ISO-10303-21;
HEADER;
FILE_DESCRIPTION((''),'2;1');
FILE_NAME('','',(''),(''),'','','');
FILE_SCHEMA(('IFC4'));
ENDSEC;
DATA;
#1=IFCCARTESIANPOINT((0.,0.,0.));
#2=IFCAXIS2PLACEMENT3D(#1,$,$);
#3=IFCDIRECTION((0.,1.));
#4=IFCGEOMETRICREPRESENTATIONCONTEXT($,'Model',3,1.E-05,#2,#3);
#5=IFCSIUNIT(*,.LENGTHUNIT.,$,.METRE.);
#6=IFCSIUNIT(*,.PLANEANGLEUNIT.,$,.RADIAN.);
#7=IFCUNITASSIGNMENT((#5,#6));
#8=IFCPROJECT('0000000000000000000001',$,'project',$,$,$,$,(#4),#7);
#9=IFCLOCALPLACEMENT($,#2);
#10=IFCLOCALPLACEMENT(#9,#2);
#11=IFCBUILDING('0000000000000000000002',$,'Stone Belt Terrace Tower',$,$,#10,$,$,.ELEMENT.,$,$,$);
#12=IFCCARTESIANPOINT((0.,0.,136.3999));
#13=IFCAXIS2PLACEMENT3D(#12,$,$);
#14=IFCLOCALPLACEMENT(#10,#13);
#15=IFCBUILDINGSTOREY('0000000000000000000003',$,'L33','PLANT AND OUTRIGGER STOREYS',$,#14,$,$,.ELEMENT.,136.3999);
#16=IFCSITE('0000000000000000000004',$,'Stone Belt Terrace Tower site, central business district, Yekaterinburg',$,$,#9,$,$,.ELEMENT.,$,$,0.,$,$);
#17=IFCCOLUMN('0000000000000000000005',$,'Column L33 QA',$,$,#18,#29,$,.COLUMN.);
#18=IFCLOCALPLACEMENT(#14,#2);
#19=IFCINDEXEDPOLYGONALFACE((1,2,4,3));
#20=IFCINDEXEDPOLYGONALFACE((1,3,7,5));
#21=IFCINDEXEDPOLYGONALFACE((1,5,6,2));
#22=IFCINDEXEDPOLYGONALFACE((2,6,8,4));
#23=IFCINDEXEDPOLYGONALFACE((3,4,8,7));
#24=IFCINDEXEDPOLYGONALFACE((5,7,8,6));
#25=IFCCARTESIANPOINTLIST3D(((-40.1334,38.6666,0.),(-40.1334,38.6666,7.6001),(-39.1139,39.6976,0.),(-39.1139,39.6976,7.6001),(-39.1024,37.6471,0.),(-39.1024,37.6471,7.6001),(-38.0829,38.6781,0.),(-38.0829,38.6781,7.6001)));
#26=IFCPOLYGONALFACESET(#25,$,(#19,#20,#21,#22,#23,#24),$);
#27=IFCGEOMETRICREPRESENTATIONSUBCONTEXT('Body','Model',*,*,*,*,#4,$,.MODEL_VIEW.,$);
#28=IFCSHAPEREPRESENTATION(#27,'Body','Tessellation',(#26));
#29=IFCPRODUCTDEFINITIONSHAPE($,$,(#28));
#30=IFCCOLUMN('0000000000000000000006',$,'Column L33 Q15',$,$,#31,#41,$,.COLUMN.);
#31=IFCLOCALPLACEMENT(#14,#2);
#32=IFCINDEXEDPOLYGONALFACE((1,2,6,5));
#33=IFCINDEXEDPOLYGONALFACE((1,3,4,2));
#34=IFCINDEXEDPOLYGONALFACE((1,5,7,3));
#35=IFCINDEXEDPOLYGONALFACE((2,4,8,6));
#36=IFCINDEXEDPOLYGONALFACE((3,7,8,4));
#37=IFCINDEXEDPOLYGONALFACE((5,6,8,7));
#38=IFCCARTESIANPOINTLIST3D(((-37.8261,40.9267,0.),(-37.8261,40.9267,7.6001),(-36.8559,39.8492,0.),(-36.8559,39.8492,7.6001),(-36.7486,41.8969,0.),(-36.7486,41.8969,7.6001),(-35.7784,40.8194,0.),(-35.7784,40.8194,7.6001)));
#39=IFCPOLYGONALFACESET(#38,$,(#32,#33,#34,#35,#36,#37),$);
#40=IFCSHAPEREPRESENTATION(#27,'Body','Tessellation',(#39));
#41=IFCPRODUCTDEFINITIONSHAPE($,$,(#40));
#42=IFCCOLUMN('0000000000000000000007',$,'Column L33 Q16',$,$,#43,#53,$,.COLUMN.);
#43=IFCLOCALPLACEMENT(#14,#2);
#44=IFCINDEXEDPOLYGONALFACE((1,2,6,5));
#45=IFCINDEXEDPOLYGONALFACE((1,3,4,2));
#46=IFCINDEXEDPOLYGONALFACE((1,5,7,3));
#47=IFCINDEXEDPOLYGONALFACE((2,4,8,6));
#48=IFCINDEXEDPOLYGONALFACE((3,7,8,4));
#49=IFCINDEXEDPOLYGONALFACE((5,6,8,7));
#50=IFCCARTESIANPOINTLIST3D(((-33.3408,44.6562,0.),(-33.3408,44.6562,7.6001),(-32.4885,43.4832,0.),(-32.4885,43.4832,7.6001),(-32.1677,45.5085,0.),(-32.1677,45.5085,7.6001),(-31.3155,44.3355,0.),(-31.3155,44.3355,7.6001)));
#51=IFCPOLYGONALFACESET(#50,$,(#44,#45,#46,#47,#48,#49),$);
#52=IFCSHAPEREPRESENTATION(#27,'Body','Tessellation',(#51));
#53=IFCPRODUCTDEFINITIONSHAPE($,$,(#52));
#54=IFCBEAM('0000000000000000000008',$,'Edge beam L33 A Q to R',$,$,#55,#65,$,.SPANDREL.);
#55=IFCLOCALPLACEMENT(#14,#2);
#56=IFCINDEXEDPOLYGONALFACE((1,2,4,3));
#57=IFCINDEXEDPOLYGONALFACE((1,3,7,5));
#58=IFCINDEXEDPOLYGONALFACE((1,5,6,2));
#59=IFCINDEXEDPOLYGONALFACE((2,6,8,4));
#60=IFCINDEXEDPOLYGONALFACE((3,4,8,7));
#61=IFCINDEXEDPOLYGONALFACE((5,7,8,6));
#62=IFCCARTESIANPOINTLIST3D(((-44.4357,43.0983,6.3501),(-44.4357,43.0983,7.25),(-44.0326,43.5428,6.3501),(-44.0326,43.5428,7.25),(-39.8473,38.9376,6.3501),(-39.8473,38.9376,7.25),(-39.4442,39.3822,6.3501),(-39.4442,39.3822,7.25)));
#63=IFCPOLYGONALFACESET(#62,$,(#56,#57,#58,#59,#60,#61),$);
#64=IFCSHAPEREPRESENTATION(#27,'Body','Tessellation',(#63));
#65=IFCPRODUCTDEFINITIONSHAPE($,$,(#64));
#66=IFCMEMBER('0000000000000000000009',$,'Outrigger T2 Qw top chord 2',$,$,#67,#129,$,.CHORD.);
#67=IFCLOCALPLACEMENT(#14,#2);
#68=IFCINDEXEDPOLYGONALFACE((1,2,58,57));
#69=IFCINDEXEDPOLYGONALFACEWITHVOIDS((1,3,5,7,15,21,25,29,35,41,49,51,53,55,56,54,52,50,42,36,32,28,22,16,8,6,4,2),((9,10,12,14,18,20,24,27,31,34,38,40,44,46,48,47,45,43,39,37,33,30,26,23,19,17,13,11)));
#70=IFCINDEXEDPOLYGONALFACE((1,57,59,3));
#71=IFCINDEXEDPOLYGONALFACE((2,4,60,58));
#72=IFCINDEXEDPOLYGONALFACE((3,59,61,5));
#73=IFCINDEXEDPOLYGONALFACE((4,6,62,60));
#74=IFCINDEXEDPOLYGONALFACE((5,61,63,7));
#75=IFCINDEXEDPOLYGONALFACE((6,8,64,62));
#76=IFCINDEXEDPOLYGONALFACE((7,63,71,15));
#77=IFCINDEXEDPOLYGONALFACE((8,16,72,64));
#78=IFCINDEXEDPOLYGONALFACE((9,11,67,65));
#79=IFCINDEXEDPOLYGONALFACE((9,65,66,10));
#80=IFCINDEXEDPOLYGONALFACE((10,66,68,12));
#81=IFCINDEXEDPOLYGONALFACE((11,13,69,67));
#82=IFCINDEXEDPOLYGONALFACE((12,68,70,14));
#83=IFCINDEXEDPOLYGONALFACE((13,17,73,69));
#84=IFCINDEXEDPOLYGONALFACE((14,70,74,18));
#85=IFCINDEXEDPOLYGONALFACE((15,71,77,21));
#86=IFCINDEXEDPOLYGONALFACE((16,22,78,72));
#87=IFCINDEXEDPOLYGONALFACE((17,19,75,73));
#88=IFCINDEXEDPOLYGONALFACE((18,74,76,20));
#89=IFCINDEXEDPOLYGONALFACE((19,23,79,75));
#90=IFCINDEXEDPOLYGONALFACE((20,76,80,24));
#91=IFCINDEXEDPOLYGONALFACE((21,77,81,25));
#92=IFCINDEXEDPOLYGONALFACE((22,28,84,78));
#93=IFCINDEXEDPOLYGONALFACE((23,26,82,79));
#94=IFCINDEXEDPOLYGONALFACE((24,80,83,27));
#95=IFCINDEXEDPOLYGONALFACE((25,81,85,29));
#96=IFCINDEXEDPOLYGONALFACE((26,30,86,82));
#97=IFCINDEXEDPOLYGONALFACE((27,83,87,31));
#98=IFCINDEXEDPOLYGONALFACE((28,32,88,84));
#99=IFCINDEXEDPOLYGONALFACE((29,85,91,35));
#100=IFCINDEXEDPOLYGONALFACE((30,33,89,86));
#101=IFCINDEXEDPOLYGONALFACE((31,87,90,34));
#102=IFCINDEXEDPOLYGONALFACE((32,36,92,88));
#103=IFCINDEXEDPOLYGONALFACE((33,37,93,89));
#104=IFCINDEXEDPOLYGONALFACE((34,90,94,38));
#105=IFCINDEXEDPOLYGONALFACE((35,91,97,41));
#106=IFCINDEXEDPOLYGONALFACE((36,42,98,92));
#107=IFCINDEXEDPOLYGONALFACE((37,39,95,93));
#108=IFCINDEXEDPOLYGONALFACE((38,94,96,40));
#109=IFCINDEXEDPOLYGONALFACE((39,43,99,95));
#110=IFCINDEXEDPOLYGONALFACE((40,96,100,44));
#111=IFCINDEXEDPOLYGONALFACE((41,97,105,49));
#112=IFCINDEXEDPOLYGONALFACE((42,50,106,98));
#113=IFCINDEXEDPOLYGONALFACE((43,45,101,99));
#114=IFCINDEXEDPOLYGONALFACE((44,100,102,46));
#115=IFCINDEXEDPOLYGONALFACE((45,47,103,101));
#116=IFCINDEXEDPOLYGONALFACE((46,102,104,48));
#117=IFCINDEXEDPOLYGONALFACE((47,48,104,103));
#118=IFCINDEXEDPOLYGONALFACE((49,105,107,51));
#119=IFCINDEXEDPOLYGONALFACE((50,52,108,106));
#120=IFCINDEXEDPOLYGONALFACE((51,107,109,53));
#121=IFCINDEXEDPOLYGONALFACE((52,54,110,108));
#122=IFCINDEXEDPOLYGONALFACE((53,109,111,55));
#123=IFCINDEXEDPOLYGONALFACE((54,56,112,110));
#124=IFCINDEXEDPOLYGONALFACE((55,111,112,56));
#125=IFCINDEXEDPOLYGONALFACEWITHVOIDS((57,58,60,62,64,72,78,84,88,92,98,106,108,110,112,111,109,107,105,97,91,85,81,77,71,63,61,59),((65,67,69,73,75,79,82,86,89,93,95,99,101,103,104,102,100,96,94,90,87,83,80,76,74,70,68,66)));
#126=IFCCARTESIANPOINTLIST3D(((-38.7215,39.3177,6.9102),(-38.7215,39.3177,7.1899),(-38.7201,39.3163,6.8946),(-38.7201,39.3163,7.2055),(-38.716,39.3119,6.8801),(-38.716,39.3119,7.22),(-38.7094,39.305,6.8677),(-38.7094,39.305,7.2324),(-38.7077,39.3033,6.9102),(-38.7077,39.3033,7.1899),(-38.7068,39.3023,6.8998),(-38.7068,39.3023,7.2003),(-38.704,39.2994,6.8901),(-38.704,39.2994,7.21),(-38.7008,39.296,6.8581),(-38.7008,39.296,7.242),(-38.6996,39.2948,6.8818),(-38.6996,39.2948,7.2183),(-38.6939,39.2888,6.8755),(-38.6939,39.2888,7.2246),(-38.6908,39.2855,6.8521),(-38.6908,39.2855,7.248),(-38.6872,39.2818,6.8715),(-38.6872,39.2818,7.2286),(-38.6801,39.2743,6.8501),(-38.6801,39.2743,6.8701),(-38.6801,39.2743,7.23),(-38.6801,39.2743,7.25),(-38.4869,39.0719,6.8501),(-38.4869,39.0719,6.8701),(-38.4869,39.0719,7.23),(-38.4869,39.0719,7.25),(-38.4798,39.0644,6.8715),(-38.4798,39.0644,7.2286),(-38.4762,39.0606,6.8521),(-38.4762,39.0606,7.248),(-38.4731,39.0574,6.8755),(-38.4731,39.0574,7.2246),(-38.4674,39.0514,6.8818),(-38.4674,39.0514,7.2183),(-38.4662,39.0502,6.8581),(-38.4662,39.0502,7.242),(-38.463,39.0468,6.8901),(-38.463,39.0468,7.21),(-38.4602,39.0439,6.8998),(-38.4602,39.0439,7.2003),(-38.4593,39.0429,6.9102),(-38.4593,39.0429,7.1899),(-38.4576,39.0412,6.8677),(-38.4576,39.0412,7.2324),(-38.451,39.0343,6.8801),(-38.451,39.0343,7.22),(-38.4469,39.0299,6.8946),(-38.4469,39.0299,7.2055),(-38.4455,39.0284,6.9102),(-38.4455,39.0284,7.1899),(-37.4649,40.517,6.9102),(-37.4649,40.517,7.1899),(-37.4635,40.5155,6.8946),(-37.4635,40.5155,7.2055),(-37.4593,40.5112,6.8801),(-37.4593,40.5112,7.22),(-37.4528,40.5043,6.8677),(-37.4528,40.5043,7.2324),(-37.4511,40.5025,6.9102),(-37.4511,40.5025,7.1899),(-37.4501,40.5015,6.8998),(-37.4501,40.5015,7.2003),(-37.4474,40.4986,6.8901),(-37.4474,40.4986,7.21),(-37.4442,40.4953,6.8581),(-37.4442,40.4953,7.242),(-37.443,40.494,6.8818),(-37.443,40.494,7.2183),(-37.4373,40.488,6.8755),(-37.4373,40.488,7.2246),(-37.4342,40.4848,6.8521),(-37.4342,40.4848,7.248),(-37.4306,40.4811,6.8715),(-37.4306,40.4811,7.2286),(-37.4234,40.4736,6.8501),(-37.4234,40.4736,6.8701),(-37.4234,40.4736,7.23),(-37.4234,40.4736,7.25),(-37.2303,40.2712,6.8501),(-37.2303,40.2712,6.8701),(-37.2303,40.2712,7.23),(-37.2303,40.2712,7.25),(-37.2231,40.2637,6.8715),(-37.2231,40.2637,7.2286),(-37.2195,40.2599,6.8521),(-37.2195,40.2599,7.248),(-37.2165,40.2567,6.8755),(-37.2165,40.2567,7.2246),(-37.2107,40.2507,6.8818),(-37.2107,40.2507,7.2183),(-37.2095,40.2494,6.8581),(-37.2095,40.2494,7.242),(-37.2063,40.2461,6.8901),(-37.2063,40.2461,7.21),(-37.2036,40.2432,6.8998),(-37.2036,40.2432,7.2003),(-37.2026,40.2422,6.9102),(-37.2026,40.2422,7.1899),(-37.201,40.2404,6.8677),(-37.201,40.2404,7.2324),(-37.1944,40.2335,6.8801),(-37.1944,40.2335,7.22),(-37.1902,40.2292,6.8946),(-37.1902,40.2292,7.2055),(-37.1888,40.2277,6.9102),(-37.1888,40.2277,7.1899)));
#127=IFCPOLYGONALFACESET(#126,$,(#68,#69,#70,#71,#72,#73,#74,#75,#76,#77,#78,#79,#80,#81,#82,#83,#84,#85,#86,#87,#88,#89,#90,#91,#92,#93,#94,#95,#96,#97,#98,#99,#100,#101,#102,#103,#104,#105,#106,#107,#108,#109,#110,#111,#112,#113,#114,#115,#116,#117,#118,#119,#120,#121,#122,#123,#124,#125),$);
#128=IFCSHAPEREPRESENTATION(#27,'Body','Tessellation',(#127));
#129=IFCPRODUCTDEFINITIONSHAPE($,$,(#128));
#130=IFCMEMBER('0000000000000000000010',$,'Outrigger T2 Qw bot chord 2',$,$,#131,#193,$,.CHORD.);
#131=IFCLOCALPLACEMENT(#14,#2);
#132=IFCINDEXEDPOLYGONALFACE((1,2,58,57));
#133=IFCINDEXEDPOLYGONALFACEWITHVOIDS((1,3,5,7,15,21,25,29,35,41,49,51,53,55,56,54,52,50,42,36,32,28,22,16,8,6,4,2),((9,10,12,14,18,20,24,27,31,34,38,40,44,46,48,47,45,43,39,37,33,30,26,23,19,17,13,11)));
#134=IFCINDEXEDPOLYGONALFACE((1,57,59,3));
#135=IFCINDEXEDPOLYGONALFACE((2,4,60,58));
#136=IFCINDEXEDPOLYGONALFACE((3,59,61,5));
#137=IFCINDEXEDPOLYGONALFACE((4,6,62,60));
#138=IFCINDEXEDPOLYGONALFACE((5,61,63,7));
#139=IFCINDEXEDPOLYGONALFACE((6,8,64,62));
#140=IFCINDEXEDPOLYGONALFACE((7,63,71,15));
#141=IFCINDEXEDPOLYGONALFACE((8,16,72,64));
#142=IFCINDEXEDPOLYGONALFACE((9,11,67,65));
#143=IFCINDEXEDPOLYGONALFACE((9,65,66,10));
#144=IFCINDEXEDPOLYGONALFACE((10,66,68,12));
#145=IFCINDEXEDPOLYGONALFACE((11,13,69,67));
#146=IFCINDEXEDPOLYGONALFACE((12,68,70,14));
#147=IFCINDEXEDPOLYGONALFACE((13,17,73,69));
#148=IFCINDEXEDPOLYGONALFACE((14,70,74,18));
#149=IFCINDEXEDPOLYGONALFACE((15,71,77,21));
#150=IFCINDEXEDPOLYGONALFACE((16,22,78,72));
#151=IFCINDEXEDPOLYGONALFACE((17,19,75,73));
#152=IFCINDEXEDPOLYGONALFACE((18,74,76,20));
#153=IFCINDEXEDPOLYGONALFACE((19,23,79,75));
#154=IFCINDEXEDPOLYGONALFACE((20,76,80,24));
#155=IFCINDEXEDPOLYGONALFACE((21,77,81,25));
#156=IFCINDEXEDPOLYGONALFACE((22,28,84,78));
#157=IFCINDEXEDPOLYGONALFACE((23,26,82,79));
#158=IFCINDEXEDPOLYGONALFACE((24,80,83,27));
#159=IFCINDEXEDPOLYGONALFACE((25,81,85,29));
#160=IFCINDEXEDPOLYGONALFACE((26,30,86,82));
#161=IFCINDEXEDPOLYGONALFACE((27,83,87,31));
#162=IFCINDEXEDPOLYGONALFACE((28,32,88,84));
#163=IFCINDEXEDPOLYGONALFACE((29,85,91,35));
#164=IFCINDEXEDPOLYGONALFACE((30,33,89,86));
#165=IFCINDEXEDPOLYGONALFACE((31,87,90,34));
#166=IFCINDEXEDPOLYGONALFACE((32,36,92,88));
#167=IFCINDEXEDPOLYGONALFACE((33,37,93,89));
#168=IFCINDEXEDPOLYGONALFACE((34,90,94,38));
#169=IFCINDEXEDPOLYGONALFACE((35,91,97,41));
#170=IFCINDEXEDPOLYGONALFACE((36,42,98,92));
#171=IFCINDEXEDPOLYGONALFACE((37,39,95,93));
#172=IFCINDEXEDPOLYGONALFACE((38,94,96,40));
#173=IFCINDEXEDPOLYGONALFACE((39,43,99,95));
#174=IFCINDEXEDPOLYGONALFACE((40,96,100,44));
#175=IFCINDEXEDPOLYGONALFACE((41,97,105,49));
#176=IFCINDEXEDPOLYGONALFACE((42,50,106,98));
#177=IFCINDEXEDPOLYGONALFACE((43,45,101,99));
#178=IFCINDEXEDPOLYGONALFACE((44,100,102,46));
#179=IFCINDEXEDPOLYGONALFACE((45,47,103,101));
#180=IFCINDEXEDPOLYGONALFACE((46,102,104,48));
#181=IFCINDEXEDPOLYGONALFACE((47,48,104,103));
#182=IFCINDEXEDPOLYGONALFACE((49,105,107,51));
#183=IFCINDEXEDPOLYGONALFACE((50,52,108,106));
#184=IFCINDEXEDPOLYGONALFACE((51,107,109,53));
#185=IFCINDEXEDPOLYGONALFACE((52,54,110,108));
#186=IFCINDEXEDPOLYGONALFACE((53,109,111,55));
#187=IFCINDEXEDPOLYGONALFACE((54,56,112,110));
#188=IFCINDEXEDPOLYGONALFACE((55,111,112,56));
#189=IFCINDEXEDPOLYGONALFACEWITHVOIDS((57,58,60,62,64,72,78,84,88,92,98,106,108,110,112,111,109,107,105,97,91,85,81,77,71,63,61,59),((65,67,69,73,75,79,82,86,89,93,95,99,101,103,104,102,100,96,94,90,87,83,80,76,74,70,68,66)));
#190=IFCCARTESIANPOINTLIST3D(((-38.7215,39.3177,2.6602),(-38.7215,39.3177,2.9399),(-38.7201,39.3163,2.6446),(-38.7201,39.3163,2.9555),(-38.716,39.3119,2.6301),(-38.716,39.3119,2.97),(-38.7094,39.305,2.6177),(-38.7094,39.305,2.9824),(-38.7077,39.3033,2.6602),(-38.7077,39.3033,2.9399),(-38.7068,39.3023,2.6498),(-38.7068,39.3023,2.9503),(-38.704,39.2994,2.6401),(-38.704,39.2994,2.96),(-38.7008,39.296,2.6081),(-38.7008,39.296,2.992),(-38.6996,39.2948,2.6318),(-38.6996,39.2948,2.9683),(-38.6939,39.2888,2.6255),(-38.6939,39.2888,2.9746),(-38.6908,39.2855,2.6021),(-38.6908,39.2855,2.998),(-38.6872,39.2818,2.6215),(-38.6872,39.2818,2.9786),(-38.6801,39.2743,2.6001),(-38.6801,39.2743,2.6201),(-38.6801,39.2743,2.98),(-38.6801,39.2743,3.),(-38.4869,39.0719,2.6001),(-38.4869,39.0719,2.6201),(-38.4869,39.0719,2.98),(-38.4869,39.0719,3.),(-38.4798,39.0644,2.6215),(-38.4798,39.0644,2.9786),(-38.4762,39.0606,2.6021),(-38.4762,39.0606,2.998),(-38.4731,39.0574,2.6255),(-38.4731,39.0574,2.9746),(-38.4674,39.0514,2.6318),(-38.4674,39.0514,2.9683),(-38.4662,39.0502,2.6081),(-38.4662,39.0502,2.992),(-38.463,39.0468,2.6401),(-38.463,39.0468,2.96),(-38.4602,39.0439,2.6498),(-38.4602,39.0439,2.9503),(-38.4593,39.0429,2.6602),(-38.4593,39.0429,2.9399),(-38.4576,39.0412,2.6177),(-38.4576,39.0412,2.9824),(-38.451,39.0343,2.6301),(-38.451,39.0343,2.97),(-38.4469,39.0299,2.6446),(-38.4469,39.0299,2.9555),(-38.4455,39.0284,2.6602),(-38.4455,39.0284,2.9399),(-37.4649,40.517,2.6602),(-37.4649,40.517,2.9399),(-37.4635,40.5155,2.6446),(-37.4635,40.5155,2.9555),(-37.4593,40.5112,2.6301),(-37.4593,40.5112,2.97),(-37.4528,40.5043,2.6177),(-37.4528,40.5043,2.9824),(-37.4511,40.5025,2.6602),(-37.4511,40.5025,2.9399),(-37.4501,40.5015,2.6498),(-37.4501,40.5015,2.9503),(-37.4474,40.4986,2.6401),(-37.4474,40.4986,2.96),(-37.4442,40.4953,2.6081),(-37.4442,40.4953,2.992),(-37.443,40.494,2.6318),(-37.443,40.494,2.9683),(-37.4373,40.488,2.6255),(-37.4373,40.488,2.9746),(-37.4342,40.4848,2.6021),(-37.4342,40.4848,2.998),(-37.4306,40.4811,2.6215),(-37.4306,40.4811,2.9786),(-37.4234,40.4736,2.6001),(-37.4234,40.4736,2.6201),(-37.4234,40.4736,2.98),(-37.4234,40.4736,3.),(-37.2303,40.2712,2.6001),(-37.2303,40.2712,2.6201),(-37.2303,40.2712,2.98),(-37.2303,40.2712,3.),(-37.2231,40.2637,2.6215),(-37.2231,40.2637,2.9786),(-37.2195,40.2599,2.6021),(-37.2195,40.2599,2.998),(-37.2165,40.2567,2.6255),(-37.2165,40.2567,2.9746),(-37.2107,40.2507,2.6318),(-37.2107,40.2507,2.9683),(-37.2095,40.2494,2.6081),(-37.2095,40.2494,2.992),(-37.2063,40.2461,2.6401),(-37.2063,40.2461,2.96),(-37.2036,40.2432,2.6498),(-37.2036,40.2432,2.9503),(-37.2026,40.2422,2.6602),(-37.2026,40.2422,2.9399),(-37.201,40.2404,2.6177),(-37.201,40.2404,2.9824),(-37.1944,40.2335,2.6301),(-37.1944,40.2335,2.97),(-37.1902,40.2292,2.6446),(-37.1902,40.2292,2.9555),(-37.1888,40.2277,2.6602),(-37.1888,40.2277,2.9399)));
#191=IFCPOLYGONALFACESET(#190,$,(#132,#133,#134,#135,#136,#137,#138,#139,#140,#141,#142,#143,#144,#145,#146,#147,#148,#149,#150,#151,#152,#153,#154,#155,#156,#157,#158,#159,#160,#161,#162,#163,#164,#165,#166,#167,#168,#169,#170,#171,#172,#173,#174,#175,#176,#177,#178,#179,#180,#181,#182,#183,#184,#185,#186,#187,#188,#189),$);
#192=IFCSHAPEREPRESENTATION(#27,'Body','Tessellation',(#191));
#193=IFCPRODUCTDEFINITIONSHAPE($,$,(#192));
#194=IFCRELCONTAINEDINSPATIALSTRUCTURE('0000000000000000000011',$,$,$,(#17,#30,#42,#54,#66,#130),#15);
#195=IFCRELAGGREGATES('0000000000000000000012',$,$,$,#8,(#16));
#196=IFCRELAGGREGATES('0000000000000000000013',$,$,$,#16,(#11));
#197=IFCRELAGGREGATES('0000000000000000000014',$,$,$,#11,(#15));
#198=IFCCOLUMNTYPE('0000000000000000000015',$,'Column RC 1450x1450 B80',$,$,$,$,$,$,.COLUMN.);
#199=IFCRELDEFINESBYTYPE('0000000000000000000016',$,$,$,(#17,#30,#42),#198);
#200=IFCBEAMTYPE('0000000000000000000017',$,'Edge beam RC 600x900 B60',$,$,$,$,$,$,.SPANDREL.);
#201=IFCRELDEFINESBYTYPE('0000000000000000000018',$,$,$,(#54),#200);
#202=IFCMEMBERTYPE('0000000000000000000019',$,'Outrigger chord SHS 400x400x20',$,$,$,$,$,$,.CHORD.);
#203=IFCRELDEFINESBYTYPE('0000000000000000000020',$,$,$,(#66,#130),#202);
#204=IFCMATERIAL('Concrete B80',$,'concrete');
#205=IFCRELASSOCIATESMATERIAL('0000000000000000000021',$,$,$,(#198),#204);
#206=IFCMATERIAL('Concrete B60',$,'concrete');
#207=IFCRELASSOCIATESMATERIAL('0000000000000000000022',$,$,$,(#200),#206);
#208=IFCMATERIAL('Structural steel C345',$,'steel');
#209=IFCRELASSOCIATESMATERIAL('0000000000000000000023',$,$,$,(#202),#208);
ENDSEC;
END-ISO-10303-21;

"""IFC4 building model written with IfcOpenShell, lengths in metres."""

from ifc_helpers import new_model, si_unit, direction, frame, origin, origin_2d, place, context, subcontext, project, spatial, rectangle, hollow_rectangle, extrude, material, material_profile, profile_set, type_object, element, save


model = new_model("IFC4")

# Units and contexts
model_context = context("Model", 3, precision=1e-05, world=origin(), true_north=direction((0.0, 1.0)))
body_context = subcontext(model_context, "Body", "Model", "MODEL_VIEW")
ifc_project = project(units=[si_unit("LENGTHUNIT", "METRE"), si_unit("PLANEANGLEUNIT", "RADIAN")], contexts=[model_context])

# Site, building, storey
site_placement = place(None, origin())
site = spatial("IfcSite", under=ifc_project, at=site_placement, Name="Stone Belt Terrace Tower site, central business district, Yekaterinburg", CompositionType="ELEMENT", RefElevation=0.0)
building_placement = place(site_placement, origin())
building = spatial("IfcBuilding", under=site, at=building_placement, Name="Stone Belt Terrace Tower", CompositionType="ELEMENT")
storey_placement = place(building_placement, frame((0.0, 0.0, 136.3999)))
storey = spatial("IfcBuildingStorey", under=building, at=storey_placement, Name="L33", Description="PLANT AND OUTRIGGER STOREYS", CompositionType="ELEMENT", Elevation=136.3999)

# Columns
ifc_material_1 = material(Name="Concrete B80", Category="concrete")
ifc_material_profile_1 = material_profile(ifc_material_1, rectangle(XDim=1.45, YDim=1.45, at=origin_2d()), Name="RC 1450x1450")
ifc_profile_set_1 = profile_set([ifc_material_profile_1], Name="Concrete B80")
column_type = type_object("IfcColumnType", Name="Column RC 1450x1450 B80", PredefinedType="COLUMN", material=ifc_profile_set_1)
for number, where, z_axis, x_axis, name in (
    (1, (-39.1082, 38.6724, 0.0), (0.0, 0.0, 1.0), (0.703134, 0.711057, 0.0), "Column L33 QA"),
    (2, (-36.8022, 40.873, 0.0), (0.0, 0.0, 1.0), (0.743145, 0.669131, 0.0), "Column L33 Q15"),
    (3, (-32.3281, 44.4958, 0.0), (0.0, 0.0, 1.0), (0.809017, 0.587785, 0.0), "Column L33 Q16"),
):
    element("IfcColumn", number, at=place(storey_placement, frame(where, z_axis=z_axis, x_axis=x_axis)), inside=storey, type_object=column_type, Name=name, PredefinedType="COLUMN", context=body_context, shape_type="SweptSolid", body=[
        extrude(rectangle(XDim=1.45, YDim=1.45, at=origin_2d()), origin(), (0.0, 0.0, 1.0), 7.6001),
    ])

# Beam
ifc_material_2 = material(Name="Concrete B60", Category="concrete")
ifc_material_profile_2 = material_profile(ifc_material_2, rectangle(XDim=0.6001, YDim=0.8999, at=origin_2d()), Name="RC 600x900")
ifc_profile_set_2 = profile_set([ifc_material_profile_2], Name="Concrete B60")
beam_type = type_object("IfcBeamType", Name="Edge beam RC 600x900 B60", PredefinedType="SPANDREL", material=ifc_profile_set_2)
beam_placement = place(storey_placement, frame((-39.6458, 39.1599, 6.8), z_axis=(-0.740792, 0.671734, 0.0), x_axis=(-0.671734, -0.740792, 0.0)))
element("IfcBeam", 4, at=beam_placement, inside=storey, type_object=beam_type, Name="Edge beam L33 A Q to R", PredefinedType="SPANDREL", context=body_context, shape_type="SweptSolid", body=[
    extrude(rectangle(XDim=0.6001, YDim=0.8999, at=origin_2d()), origin(), (0.0, 0.0, 1.0), 6.1938),
])

# Members
ifc_material_3 = material(Name="Structural steel C345", Category="steel")
ifc_material_profile_3 = material_profile(ifc_material_3, hollow_rectangle(XDim=0.3999, YDim=0.3999, WallThickness=0.02, InnerFilletRadius=0.04, OuterFilletRadius=0.0601, at=origin_2d()), Name="SHS 400x400x20")
ifc_profile_set_3 = profile_set([ifc_material_profile_3], Name="Structural steel C345")
member_type_1 = type_object("IfcMemberType", Name="Outrigger chord SHS 400x400x20", PredefinedType="CHORD", material=ifc_profile_set_3)
for number, where, z_axis, x_axis, name in (
    (5, (-38.5835, 39.1731, 7.05), (0.723429, 0.690399, 0.0), (-0.690399, 0.723429, 0.0), "Outrigger T2 Qw top chord 2"),
    (6, (-38.5835, 39.1731, 2.8), (0.723429, 0.690399, 0.0), (-0.690399, 0.723429, 0.0), "Outrigger T2 Qw bot chord 2"),
):
    element("IfcMember", number, at=place(storey_placement, frame(where, z_axis=z_axis, x_axis=x_axis)), inside=storey, type_object=member_type_1, Name=name, PredefinedType="CHORD", context=body_context, shape_type="SweptSolid", body=[
        extrude(hollow_rectangle(XDim=0.3999, YDim=0.3999, WallThickness=0.02, InnerFilletRadius=0.04, OuterFilletRadius=0.0601, at=origin_2d()), origin(), (0.0, 0.0, 1.0), 1.7371),
    ])

save(model, "model.ifc")
